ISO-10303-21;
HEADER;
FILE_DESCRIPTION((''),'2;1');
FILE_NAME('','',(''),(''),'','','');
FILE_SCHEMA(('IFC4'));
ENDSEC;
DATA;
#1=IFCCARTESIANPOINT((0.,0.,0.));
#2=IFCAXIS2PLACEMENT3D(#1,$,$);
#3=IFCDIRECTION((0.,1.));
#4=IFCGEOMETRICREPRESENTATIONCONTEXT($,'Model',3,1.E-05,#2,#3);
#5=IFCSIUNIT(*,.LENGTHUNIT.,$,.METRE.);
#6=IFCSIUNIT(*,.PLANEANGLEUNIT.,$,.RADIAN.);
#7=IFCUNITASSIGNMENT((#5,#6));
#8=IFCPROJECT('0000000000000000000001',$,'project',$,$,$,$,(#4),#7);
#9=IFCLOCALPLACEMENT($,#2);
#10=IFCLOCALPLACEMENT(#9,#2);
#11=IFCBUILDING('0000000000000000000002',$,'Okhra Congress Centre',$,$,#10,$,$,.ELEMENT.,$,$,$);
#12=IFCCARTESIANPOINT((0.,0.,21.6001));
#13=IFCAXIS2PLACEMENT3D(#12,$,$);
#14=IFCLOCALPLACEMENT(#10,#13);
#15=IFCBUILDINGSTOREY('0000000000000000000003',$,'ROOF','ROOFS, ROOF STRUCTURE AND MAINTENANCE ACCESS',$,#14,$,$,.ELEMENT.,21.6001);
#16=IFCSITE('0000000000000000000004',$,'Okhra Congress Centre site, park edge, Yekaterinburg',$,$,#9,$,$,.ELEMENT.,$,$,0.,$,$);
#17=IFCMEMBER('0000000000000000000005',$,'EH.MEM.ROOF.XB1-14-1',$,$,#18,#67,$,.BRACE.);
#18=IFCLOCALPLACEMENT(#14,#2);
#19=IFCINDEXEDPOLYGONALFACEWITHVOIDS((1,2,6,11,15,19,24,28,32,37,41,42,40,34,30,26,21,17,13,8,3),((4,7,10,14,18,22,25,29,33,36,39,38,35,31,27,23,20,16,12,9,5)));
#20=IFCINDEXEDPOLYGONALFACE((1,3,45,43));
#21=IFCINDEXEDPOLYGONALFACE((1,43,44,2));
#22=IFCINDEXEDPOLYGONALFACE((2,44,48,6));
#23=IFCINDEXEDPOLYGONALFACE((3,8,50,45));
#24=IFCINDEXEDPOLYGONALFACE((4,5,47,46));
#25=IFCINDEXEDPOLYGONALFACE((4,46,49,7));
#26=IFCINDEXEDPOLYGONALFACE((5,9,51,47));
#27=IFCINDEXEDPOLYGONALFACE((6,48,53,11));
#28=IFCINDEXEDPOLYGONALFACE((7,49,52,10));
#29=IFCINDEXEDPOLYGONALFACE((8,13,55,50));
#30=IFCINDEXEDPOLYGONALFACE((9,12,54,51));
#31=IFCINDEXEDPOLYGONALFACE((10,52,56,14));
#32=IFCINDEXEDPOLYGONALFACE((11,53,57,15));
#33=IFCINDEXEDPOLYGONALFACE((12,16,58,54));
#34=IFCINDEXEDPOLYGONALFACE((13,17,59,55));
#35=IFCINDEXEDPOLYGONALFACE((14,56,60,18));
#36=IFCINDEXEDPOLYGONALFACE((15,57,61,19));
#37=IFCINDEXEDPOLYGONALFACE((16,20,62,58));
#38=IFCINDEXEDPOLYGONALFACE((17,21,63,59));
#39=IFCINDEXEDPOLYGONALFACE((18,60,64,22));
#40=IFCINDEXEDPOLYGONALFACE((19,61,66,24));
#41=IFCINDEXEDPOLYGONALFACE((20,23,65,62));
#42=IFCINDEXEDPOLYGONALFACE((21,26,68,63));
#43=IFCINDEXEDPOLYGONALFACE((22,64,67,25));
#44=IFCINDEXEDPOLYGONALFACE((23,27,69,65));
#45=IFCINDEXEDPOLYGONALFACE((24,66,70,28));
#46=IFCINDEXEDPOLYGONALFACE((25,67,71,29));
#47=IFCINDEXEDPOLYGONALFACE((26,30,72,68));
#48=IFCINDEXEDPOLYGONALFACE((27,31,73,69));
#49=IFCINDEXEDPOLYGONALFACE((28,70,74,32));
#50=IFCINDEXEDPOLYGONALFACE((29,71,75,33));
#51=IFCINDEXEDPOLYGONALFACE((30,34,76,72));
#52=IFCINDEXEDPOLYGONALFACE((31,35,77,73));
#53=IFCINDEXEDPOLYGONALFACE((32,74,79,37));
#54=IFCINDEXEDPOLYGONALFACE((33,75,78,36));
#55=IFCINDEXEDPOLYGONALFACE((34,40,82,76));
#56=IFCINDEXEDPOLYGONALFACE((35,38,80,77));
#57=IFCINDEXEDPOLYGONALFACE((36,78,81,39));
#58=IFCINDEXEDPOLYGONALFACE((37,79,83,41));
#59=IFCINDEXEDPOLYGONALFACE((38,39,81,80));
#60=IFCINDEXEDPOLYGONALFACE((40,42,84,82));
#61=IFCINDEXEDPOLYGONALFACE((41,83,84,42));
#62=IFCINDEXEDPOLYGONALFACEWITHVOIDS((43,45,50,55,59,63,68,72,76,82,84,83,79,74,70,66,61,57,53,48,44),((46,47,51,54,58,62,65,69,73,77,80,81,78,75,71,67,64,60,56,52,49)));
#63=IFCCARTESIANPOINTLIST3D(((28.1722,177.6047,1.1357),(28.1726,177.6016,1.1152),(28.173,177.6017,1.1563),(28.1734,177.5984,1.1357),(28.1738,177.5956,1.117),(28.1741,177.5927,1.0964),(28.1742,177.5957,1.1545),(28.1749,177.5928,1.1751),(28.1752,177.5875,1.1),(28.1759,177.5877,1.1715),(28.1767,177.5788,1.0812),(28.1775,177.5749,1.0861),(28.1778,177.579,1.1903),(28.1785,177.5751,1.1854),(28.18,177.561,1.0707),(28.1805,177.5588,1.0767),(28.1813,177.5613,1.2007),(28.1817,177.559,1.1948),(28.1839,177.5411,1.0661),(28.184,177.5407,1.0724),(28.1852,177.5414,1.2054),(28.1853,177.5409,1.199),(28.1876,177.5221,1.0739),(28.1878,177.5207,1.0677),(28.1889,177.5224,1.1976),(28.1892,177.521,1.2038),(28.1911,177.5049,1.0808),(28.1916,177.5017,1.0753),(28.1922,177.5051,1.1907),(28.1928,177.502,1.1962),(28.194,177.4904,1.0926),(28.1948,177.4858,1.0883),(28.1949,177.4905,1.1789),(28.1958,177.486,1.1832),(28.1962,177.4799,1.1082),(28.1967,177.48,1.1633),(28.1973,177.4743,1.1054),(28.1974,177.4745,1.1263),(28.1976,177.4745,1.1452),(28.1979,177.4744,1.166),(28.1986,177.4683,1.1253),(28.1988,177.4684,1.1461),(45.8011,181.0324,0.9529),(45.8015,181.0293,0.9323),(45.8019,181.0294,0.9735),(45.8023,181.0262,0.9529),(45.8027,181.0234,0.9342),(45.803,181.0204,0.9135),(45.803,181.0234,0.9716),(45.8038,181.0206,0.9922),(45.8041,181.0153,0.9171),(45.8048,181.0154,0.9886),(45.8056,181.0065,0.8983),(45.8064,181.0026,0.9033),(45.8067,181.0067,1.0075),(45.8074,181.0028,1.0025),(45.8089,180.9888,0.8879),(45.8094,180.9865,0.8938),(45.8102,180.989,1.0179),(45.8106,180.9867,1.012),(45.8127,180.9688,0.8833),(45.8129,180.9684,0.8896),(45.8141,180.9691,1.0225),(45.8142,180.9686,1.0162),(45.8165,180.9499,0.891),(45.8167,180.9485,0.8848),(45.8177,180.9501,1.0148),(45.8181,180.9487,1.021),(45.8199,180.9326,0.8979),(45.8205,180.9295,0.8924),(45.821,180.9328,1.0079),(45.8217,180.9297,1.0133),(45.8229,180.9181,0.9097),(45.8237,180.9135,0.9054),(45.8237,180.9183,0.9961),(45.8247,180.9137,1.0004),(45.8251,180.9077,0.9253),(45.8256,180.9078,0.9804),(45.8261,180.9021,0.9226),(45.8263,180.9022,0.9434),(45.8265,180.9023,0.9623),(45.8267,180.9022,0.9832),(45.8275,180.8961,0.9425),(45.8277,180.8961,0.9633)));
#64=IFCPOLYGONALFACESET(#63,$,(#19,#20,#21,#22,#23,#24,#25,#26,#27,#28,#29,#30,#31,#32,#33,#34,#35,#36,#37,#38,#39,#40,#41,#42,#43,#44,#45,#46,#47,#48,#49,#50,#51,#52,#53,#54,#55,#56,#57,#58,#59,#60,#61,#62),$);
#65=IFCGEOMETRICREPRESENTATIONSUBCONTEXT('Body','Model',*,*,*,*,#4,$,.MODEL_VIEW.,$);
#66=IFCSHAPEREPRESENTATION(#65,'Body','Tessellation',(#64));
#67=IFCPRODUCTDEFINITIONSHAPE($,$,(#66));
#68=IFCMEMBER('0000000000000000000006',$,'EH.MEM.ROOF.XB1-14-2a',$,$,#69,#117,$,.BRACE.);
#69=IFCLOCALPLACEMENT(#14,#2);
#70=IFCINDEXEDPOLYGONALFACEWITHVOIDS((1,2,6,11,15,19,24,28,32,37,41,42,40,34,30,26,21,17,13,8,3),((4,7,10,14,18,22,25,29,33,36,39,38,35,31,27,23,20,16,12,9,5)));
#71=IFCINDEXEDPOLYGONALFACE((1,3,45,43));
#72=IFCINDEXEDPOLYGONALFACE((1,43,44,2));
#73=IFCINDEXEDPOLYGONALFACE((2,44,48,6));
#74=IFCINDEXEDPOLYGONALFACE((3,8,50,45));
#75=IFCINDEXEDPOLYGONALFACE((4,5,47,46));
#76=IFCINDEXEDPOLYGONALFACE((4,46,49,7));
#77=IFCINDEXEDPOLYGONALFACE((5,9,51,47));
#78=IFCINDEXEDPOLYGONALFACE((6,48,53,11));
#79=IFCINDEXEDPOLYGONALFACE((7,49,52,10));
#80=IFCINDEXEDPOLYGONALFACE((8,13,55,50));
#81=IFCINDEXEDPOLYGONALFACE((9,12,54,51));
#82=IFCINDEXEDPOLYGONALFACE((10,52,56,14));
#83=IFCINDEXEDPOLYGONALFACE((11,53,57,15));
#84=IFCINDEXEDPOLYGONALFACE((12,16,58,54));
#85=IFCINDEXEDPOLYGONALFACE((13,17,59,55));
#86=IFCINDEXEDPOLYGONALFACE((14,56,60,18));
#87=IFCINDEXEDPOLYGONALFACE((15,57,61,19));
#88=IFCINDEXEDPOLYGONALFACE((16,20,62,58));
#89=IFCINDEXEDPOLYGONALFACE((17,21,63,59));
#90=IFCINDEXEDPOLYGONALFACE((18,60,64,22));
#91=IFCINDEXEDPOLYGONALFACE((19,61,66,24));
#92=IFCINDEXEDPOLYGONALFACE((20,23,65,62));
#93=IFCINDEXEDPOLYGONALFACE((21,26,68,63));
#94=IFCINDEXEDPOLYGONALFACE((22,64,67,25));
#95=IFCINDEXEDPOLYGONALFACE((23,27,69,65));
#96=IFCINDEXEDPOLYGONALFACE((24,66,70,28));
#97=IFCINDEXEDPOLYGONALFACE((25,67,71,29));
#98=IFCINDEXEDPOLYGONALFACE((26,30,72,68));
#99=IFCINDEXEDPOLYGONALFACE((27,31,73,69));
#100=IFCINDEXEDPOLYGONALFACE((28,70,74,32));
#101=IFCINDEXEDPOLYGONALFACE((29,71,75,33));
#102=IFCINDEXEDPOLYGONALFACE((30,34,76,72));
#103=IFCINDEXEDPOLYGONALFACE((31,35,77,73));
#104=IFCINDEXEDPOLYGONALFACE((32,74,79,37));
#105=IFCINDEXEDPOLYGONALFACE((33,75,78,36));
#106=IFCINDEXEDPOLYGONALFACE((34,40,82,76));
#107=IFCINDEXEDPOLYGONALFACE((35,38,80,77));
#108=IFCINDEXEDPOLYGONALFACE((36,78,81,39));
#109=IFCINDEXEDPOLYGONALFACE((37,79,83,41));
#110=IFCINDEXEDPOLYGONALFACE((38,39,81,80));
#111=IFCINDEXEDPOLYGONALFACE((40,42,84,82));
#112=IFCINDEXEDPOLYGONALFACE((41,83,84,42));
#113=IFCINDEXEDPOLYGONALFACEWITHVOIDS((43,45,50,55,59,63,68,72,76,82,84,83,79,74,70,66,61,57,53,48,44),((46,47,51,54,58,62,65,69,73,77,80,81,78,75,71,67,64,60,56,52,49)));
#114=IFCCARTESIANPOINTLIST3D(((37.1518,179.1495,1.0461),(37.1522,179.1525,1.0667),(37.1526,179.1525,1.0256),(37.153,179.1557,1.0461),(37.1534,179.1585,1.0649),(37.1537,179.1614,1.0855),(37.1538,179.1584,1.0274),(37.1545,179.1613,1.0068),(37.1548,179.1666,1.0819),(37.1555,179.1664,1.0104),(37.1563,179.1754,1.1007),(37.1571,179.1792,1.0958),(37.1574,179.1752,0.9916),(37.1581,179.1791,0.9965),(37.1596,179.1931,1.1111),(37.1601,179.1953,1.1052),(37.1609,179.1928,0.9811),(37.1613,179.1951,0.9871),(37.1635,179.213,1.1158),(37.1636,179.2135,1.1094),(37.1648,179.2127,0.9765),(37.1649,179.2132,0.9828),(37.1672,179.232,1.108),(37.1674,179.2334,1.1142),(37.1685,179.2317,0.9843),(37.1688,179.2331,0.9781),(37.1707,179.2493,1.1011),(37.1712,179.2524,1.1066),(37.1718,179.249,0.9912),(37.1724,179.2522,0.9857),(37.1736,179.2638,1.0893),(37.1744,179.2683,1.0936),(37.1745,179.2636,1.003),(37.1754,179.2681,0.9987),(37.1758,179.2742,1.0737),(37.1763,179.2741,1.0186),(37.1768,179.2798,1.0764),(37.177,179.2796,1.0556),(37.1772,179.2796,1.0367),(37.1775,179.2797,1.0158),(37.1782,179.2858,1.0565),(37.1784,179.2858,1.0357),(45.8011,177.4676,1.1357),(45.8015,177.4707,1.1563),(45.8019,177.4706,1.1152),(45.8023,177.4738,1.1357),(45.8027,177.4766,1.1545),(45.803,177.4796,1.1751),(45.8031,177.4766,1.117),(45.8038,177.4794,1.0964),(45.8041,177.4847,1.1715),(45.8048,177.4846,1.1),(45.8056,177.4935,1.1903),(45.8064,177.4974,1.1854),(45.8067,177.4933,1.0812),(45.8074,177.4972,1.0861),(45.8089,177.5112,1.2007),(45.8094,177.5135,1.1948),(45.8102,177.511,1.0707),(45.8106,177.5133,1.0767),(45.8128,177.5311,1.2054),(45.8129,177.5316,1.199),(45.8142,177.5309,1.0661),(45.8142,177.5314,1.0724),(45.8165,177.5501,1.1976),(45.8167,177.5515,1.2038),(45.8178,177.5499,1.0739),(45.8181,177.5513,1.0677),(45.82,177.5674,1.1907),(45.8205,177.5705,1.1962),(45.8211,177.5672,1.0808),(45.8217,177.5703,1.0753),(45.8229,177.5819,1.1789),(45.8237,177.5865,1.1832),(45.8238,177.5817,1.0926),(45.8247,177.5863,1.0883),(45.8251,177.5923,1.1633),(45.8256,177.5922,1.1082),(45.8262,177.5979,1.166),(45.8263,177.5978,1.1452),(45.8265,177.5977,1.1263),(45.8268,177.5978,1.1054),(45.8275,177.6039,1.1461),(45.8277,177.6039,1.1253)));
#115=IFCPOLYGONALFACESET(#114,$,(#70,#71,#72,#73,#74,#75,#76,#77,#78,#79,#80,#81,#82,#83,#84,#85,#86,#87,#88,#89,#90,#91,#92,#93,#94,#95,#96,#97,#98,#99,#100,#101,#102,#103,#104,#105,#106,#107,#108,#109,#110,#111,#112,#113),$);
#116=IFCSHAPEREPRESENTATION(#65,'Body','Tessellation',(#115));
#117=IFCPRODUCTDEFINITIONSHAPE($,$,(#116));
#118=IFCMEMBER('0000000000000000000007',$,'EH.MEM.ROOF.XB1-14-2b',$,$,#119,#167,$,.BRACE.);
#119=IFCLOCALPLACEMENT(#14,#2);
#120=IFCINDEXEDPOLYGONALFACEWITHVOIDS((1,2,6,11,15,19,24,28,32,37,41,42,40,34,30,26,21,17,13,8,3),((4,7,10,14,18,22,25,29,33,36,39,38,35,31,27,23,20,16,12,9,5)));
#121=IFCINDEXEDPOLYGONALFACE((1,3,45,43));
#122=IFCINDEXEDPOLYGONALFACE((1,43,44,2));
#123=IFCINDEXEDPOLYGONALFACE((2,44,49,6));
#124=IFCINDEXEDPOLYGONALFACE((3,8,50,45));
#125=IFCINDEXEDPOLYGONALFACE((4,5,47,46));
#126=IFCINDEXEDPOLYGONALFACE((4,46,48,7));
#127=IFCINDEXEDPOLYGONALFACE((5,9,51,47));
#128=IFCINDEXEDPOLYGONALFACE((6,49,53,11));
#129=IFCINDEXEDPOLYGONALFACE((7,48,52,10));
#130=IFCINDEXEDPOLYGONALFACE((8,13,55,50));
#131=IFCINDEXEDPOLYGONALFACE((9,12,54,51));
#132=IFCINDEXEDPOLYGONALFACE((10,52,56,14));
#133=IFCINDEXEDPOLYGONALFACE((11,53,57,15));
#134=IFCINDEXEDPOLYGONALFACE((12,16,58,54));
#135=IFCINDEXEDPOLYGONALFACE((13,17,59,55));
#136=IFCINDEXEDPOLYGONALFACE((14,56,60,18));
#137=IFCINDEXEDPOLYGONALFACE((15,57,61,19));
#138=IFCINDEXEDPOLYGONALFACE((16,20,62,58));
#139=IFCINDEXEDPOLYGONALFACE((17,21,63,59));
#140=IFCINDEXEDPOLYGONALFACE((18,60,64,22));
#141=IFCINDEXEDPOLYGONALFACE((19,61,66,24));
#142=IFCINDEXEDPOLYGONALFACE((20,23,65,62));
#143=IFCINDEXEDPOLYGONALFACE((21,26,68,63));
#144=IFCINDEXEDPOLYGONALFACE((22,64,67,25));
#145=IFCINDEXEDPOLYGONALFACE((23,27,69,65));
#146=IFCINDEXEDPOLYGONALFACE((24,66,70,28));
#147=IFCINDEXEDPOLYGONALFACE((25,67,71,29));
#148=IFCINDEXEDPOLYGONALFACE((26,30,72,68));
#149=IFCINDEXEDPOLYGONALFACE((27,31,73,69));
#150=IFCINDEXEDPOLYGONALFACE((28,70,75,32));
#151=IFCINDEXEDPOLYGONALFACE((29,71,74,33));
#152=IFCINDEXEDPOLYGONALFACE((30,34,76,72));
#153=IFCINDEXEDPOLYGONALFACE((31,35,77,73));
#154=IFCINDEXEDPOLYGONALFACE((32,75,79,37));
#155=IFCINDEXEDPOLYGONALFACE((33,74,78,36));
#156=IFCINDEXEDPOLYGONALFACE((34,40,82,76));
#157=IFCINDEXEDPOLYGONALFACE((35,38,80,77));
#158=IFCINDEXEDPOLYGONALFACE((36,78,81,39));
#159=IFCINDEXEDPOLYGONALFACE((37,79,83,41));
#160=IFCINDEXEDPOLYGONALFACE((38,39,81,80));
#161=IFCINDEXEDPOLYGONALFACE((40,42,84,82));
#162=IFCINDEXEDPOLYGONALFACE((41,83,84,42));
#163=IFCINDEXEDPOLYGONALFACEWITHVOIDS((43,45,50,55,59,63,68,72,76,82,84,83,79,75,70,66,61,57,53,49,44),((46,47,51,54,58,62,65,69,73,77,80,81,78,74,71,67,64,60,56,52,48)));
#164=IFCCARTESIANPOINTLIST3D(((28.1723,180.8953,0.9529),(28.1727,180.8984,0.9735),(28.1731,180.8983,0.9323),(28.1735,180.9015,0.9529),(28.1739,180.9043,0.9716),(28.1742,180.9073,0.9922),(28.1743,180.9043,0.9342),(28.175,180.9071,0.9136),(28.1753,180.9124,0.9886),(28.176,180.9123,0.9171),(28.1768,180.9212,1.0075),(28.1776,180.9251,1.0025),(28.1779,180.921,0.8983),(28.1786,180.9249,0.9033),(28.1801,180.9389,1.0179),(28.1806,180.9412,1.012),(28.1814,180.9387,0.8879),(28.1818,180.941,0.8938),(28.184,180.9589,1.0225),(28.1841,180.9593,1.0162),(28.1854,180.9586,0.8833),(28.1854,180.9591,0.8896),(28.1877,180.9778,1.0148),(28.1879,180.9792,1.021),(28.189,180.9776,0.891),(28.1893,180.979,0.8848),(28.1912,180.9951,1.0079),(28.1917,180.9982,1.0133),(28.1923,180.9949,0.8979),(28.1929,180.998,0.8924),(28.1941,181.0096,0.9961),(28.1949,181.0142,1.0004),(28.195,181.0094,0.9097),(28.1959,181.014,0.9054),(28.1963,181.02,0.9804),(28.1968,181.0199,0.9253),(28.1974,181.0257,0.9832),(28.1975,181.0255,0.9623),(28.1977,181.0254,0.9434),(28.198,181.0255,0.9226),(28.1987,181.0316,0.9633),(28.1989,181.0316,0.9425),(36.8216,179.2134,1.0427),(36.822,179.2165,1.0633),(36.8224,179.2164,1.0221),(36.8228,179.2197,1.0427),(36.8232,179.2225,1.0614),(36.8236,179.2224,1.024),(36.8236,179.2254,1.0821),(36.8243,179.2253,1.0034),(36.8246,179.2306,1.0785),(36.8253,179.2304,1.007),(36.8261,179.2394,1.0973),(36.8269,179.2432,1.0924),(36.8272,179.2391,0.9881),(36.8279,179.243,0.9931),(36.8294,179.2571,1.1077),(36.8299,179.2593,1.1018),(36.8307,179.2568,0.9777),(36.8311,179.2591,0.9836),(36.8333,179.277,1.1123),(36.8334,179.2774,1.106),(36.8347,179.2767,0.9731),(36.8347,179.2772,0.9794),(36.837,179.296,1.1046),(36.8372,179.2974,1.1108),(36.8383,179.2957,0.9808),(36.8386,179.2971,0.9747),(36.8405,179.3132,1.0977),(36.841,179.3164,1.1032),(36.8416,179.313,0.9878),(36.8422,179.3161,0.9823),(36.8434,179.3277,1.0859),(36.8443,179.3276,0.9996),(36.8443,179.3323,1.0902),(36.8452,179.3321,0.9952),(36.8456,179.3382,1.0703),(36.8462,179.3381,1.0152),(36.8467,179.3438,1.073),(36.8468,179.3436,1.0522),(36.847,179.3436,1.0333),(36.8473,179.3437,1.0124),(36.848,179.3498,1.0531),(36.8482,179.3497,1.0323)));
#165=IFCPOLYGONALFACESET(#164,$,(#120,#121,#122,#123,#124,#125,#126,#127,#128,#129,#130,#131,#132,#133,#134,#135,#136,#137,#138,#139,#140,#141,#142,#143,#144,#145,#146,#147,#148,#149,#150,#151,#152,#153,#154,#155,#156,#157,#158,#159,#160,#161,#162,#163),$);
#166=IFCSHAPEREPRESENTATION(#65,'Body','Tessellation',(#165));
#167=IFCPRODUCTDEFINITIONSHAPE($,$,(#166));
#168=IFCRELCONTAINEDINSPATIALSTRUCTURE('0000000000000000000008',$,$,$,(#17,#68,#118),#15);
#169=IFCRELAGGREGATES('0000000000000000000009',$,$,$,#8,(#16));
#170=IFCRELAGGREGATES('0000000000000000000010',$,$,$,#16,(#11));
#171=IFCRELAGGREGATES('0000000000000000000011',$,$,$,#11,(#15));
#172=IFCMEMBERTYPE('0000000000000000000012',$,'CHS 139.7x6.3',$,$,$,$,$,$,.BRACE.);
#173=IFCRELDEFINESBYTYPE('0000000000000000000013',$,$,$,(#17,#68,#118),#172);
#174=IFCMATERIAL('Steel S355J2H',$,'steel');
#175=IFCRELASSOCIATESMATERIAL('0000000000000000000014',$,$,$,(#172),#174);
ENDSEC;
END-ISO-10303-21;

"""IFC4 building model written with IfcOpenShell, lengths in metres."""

from ifc_helpers import new_model, si_unit, direction, frame, origin, origin_2d, place, context, subcontext, project, spatial, hollow_circle, extrude, material, material_profile, profile_set, type_object, element, save


model = new_model("IFC4")

# Units and contexts
model_context = context("Model", 3, precision=1e-05, world=origin(), true_north=direction((0.0, 1.0)))
body_context = subcontext(model_context, "Body", "Model", "MODEL_VIEW")
ifc_project = project(units=[si_unit("LENGTHUNIT", "METRE"), si_unit("PLANEANGLEUNIT", "RADIAN")], contexts=[model_context])

# Site, building, storey
site_placement = place(None, origin())
site = spatial("IfcSite", under=ifc_project, at=site_placement, Name="Okhra Congress Centre site, park edge, Yekaterinburg", CompositionType="ELEMENT", RefElevation=0.0)
building_placement = place(site_placement, origin())
building = spatial("IfcBuilding", under=site, at=building_placement, Name="Okhra Congress Centre", CompositionType="ELEMENT")
storey_placement = place(building_placement, frame((0.0, 0.0, 21.6001)))
storey = spatial("IfcBuildingStorey", under=building, at=storey_placement, Name="ROOF", Description="ROOFS, ROOF STRUCTURE AND MAINTENANCE ACCESS", CompositionType="ELEMENT", Elevation=21.6001)

# Members
ifc_material_1 = material(Name="Steel S355J2H", Category="steel")
ifc_material_profile_1 = material_profile(ifc_material_1, hollow_circle(Radius=0.0698, WallThickness=0.0063, at=origin_2d()), Name="CHS 139.7x6.3")
ifc_profile_set_1 = profile_set([ifc_material_profile_1], Name="Steel S355J2H")
member_type_1 = type_object("IfcMemberType", Name="CHS 139.7x6.3", PredefinedType="BRACE", material=ifc_profile_set_1)
member_1_placement = place(storey_placement, frame((28.1855, 177.5361, 1.1357), z_axis=(0.981566, 0.190854, -0.010182), x_axis=(-0.190864, 0.981617, 0.0)))
element("IfcMember", 1, at=member_1_placement, inside=storey, type_object=member_type_1, Name="EH.MEM.ROOF.XB1-14-1", PredefinedType="BRACE", context=body_context, shape_type="SweptSolid", body=[
    extrude(hollow_circle(Radius=0.0698, WallThickness=0.0063, at=origin_2d()), origin(), (0.0, 0.0, 1.0), 17.96),
])
for number, where, z_axis, x_axis, name in (
    (2, (45.8145, 177.5361, 1.1357), (-0.981563, 0.190866, -0.010168), (-0.190876, -0.981614, 0.0), "EH.MEM.ROOF.XB1-14-2a"),
    (3, (36.835, 179.282, 1.0427), (-0.981563, 0.190866, -0.010196), (-0.190876, -0.981614, 0.0), "EH.MEM.ROOF.XB1-14-2b"),
):
    element("IfcMember", number, at=place(storey_placement, frame(where, z_axis=z_axis, x_axis=x_axis)), inside=storey, type_object=member_type_1, Name=name, PredefinedType="BRACE", context=body_context, shape_type="SweptSolid", body=[
        extrude(hollow_circle(Radius=0.0698, WallThickness=0.0063, at=origin_2d()), origin(), (0.0, 0.0, 1.0), 8.8118),
    ])

save(model, "model.ifc")
